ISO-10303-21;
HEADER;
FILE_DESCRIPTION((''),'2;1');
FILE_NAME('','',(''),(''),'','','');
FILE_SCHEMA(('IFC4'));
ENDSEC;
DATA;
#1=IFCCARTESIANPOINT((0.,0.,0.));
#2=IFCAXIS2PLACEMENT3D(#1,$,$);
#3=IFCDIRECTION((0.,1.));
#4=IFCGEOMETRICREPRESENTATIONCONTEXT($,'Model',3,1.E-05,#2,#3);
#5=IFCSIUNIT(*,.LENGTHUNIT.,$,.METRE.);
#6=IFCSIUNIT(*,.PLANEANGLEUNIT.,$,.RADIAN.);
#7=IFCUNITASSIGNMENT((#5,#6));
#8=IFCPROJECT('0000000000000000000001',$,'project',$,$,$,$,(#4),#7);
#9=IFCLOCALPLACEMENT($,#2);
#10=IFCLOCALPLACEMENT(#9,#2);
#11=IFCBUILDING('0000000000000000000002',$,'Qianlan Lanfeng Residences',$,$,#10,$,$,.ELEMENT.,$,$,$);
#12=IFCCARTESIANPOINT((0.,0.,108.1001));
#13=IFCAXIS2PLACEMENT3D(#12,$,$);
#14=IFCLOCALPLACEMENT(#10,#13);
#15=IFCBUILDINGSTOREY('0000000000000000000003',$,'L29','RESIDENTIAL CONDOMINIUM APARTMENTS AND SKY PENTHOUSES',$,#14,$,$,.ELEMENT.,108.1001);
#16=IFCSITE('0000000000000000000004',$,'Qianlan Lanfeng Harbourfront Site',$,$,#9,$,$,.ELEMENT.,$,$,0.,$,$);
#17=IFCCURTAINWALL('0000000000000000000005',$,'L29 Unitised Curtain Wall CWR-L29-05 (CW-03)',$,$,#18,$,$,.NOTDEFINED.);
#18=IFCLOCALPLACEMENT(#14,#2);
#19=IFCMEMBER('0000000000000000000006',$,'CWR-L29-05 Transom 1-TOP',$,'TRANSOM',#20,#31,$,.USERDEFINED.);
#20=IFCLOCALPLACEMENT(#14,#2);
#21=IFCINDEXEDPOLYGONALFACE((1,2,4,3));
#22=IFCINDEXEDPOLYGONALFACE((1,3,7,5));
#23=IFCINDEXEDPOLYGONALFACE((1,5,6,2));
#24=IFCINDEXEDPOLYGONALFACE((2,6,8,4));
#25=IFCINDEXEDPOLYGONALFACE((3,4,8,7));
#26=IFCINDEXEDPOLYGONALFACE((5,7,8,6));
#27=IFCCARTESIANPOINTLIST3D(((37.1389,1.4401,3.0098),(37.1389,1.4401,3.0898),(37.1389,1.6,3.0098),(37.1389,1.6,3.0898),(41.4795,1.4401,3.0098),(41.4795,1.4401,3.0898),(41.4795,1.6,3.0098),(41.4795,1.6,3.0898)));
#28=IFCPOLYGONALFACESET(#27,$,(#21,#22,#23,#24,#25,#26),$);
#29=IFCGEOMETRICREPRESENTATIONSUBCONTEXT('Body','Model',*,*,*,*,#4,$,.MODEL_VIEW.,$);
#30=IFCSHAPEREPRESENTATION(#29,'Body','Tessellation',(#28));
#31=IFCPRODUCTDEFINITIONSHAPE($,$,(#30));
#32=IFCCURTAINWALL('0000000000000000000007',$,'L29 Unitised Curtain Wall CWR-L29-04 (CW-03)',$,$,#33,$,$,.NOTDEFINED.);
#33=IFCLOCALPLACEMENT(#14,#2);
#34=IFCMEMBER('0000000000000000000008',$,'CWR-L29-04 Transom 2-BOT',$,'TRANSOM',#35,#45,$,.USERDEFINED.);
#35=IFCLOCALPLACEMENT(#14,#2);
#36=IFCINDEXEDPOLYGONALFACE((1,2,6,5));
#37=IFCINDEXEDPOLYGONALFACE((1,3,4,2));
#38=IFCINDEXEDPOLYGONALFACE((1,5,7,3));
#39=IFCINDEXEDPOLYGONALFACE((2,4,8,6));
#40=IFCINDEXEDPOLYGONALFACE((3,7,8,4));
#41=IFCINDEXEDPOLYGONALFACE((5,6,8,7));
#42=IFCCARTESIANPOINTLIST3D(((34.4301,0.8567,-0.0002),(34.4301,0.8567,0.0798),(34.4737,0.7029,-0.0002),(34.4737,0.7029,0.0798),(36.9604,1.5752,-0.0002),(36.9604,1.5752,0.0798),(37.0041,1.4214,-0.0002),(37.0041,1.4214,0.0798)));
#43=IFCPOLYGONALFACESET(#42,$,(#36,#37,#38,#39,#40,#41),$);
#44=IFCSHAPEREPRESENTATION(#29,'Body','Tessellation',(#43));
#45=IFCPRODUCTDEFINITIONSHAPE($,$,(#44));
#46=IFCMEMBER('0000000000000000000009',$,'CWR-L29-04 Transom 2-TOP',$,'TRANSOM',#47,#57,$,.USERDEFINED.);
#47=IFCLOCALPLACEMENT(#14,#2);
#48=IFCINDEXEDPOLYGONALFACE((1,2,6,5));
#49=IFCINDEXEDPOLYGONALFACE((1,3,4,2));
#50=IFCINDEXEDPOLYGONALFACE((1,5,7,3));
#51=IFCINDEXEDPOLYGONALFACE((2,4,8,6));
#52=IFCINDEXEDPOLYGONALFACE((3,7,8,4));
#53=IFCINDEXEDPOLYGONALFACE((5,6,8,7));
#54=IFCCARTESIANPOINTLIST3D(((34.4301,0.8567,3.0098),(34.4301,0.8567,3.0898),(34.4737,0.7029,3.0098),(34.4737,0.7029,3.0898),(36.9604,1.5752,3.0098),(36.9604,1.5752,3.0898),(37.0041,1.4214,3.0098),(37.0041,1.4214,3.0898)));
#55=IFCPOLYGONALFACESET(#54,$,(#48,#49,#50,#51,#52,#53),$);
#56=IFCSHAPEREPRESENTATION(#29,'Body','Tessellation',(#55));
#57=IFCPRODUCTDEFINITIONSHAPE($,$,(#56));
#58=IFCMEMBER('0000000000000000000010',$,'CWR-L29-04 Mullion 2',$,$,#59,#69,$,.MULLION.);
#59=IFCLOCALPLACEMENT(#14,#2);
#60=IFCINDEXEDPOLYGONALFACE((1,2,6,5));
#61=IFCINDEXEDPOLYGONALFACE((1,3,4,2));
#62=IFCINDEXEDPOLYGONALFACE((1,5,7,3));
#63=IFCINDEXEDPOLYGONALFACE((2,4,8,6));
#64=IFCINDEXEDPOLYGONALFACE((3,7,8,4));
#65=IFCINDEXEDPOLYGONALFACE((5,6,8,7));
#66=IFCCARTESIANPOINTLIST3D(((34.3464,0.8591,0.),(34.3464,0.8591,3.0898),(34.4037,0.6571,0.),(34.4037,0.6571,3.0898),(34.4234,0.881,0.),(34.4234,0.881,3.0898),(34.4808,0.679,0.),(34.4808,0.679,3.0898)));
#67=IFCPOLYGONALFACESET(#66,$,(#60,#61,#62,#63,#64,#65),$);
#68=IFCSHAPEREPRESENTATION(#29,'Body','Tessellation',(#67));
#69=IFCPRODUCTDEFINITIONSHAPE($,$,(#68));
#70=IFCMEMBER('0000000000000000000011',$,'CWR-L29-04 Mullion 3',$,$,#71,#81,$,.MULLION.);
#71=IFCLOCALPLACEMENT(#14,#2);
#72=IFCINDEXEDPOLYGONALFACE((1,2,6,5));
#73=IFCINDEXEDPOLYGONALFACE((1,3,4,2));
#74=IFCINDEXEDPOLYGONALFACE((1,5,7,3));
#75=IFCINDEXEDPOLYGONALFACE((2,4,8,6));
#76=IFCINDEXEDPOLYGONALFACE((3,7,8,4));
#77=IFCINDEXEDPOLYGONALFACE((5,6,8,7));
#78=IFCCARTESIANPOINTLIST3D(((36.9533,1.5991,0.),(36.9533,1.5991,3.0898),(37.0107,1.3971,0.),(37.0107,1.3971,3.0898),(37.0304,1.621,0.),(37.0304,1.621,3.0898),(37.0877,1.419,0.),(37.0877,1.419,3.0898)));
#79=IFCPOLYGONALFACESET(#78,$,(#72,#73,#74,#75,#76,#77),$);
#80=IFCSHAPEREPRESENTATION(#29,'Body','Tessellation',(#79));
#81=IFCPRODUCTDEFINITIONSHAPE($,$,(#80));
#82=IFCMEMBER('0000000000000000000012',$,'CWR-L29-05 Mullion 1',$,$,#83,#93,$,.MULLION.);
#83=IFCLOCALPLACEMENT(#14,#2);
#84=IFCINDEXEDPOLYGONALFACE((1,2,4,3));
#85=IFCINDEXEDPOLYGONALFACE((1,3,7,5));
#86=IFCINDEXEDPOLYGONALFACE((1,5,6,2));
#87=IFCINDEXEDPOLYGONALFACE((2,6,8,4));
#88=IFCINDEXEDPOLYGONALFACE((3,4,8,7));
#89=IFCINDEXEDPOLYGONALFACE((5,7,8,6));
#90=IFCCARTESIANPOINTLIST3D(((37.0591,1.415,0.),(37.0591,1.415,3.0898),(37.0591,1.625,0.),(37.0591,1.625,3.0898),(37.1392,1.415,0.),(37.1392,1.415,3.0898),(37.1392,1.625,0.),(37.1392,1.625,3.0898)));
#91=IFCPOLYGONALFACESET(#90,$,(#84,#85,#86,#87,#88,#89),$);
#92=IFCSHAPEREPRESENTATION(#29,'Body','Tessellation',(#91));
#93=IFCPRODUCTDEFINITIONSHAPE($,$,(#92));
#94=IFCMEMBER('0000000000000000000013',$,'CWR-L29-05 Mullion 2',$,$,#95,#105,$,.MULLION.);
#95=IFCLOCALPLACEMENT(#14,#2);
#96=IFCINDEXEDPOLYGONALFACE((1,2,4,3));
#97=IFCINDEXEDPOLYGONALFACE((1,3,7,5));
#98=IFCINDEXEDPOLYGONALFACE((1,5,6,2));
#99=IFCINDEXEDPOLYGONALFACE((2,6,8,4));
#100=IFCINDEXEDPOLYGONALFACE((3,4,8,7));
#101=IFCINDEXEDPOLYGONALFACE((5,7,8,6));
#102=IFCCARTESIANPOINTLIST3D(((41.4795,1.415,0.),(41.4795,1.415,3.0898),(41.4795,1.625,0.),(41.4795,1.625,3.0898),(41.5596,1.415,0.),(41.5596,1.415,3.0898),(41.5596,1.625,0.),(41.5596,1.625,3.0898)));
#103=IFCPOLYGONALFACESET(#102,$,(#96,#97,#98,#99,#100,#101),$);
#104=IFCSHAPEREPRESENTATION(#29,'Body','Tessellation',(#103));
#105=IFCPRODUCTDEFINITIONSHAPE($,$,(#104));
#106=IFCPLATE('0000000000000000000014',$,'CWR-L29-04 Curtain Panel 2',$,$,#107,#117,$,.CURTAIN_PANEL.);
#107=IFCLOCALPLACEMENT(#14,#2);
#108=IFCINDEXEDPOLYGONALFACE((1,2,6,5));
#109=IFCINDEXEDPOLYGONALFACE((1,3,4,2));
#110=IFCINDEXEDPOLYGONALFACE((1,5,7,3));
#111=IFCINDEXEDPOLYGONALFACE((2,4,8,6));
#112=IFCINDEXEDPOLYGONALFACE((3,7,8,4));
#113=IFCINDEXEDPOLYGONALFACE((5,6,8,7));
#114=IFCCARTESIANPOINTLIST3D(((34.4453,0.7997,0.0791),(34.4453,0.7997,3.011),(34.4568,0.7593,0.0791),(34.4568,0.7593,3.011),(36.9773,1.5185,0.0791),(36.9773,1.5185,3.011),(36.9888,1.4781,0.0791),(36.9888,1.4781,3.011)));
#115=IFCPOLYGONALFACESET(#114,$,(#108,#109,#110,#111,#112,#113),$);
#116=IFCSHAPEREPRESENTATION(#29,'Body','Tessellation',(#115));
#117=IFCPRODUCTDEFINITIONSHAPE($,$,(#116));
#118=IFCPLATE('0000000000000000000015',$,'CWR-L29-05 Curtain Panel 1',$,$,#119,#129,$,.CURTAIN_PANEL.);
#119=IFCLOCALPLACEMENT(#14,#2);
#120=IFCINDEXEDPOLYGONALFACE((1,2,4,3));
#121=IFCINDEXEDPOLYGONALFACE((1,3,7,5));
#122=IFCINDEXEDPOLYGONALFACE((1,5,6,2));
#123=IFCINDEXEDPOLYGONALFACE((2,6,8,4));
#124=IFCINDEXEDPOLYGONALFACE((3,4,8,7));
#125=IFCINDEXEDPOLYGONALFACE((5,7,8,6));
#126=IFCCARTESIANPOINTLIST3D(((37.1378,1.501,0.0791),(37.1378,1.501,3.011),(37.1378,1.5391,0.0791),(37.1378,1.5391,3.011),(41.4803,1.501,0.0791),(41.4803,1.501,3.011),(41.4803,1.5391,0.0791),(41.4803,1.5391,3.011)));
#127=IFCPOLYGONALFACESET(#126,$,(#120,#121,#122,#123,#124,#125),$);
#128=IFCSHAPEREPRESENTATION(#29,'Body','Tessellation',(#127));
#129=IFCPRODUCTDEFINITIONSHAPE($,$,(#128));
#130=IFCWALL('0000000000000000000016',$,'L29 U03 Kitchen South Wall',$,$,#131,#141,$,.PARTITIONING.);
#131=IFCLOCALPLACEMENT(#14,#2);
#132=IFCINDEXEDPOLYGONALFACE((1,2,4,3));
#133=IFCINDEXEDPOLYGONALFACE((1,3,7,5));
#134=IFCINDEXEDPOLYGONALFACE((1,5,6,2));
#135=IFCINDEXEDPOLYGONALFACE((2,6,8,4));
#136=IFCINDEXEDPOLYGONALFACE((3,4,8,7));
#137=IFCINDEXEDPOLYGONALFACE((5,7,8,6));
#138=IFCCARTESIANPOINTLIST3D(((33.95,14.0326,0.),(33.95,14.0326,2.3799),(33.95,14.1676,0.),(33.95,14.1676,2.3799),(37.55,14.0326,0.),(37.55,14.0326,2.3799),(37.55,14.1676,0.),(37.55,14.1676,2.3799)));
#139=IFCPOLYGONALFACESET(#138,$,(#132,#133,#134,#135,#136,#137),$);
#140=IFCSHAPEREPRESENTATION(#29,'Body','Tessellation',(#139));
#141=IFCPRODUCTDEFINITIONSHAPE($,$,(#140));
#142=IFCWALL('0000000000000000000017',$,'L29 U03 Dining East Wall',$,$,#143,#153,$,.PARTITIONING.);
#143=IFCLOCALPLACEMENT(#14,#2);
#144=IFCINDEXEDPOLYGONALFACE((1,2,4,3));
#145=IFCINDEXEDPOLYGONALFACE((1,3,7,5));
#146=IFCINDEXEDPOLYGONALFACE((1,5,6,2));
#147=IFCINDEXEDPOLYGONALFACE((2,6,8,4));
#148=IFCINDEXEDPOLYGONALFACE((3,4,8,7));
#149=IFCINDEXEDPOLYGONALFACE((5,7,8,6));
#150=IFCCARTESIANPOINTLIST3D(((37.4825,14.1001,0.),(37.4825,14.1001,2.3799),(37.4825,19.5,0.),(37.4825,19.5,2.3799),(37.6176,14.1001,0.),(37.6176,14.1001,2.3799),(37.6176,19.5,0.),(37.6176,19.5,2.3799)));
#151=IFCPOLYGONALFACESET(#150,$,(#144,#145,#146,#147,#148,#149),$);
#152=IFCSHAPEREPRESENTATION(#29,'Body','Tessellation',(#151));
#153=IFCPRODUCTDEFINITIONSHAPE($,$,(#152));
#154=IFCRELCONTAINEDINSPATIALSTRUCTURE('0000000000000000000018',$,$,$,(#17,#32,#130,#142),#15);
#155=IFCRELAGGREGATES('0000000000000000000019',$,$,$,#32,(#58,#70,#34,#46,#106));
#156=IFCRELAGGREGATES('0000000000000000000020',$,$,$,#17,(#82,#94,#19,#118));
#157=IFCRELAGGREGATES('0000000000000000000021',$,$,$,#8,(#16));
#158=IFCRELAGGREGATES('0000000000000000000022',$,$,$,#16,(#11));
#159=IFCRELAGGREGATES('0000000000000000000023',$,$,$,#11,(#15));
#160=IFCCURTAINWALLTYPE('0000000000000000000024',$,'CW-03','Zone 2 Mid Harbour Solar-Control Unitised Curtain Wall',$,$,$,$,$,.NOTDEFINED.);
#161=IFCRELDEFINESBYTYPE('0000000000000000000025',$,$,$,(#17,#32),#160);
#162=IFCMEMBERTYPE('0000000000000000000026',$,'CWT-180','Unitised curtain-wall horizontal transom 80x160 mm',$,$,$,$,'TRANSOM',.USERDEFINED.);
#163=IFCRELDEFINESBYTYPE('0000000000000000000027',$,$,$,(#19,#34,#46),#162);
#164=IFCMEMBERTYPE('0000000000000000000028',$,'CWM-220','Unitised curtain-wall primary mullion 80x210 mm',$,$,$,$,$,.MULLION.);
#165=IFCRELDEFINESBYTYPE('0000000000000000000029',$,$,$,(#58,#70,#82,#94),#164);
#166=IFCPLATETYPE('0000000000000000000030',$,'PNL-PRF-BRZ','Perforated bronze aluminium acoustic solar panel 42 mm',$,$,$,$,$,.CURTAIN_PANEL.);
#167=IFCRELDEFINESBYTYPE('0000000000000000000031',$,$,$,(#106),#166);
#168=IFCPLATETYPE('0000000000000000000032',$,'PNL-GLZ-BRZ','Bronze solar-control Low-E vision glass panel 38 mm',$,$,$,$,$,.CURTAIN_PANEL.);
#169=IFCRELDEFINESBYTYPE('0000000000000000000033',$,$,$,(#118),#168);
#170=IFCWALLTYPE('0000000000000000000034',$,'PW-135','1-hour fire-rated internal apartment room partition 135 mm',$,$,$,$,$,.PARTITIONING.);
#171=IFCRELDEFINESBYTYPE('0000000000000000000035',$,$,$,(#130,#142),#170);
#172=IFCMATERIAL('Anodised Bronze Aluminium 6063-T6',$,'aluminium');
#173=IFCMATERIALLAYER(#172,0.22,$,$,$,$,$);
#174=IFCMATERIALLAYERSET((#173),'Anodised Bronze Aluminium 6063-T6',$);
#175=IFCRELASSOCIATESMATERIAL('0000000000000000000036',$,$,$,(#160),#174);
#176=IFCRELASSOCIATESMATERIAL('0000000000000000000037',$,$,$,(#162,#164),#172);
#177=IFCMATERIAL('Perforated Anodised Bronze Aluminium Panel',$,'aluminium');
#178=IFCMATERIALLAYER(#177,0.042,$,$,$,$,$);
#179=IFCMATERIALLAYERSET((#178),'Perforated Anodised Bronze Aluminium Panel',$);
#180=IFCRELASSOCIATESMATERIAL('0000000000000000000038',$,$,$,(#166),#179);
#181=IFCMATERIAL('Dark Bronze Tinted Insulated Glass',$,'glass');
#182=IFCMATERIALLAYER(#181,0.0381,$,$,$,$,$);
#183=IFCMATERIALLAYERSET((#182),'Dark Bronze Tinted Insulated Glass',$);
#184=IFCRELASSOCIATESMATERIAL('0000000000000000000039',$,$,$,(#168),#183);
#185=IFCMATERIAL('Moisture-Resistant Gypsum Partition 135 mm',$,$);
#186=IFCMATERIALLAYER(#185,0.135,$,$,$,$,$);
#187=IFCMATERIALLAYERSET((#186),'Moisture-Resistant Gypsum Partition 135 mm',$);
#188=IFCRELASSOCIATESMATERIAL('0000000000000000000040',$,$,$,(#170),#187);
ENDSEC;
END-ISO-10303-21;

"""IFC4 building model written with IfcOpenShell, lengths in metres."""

from ifc_helpers import new_model, si_unit, direction, frame, frame_2d, origin, origin_2d, place, context, subcontext, project, spatial, rectangle, extrude, source, transform, mapped, material, layer, layer_set, material_profile, profile_set, type_object, element, aggregate, save


model = new_model("IFC4")

# Units and contexts
model_context = context("Model", 3, precision=1e-05, world=origin(), true_north=direction((0.0, 1.0)))
body_context = subcontext(model_context, "Body", "Model", "MODEL_VIEW")
ifc_project = project(units=[si_unit("LENGTHUNIT", "METRE"), si_unit("PLANEANGLEUNIT", "RADIAN")], contexts=[model_context])

# Site, building, storey
site_placement = place(None, origin())
site = spatial("IfcSite", under=ifc_project, at=site_placement, Name="Qianlan Lanfeng Harbourfront Site", CompositionType="ELEMENT", RefElevation=0.0)
building_placement = place(site_placement, origin())
building = spatial("IfcBuilding", under=site, at=building_placement, Name="Qianlan Lanfeng Residences", CompositionType="ELEMENT")
storey_placement = place(building_placement, frame((0.0, 0.0, 108.1001)))
storey = spatial("IfcBuildingStorey", under=building, at=storey_placement, Name="L29", Description="RESIDENTIAL CONDOMINIUM APARTMENTS AND SKY PENTHOUSES", CompositionType="ELEMENT", Elevation=108.1001)

# Curtain walls, members
ifc_material_1 = material(Name="Anodised Bronze Aluminium 6063-T6", Category="aluminium")
ifc_layer_1 = layer(ifc_material_1, 0.22)
ifc_layer_set_1 = layer_set([ifc_layer_1], Name="Anodised Bronze Aluminium 6063-T6")
curtain_wall_type = type_object("IfcCurtainWallType", Name="CW-03", Description="Zone 2 Mid Harbour Solar-Control Unitised Curtain Wall", PredefinedType="NOTDEFINED", material=ifc_layer_set_1)
curtain_wall_1_placement = place(storey_placement, origin())
curtain_wall_1 = element("IfcCurtainWall", 1, at=curtain_wall_1_placement, inside=storey, type_object=curtain_wall_type, Name="L29 Unitised Curtain Wall CWR-L29-05 (CW-03)", PredefinedType="NOTDEFINED")
ifc_material_profile_1 = material_profile(ifc_material_1, rectangle(XDim=0.0801, YDim=0.1599, at=origin_2d()), Name="ALU TRANSOM 80x160")
ifc_profile_set_1 = profile_set([ifc_material_profile_1], Name="Anodised Bronze Aluminium 6063-T6")
member_type_1 = type_object("IfcMemberType", Name="CWT-180", Description="Unitised curtain-wall horizontal transom 80x160 mm", ElementType="TRANSOM", PredefinedType="USERDEFINED", material=ifc_profile_set_1)
shared_shape_1 = source(origin(), body_context, "Body", "SweptSolid", [
    extrude(rectangle(XDim=0.0801, YDim=0.1599, at=origin_2d()), origin(), (0.0, 0.0, 1.0), 4.3406),
])
member_1_placement = place(storey_placement, frame((37.1389, 1.52, 3.0498), z_axis=(1.0, 0.0, 0.0), x_axis=(0.0, 0.0, 1.0)))
member_1 = element("IfcMember", 2, at=member_1_placement, type_object=member_type_1, Name="CWR-L29-05 Transom 1-TOP", ObjectType="TRANSOM", PredefinedType="USERDEFINED", context=body_context, shape_type="MappedRepresentation", body=[
    mapped(shared_shape_1, transform((0.0, 0.0, 0.0), scale=1.0)),
])
curtain_wall_2_placement = place(storey_placement, origin())
curtain_wall_2 = element("IfcCurtainWall", 3, at=curtain_wall_2_placement, inside=storey, type_object=curtain_wall_type, Name="L29 Unitised Curtain Wall CWR-L29-04 (CW-03)", PredefinedType="NOTDEFINED")
shared_shape_2 = source(origin(), body_context, "Body", "SweptSolid", [
    extrude(rectangle(XDim=0.0801, YDim=0.1599, at=origin_2d()), origin(), (0.0, 0.0, 1.0), 2.6304),
])
member_2_placement = place(storey_placement, frame((34.4519, 0.7798, 0.0398), z_axis=(0.961968, 0.273164, 0.0), x_axis=(0.0, 0.0, 1.0)))
member_2 = element("IfcMember", 4, at=member_2_placement, type_object=member_type_1, Name="CWR-L29-04 Transom 2-BOT", ObjectType="TRANSOM", PredefinedType="USERDEFINED", context=body_context, shape_type="MappedRepresentation", body=[
    mapped(shared_shape_2, transform((0.0, 0.0, 0.0), scale=1.0)),
])
member_3_placement = place(storey_placement, frame((34.4519, 0.7798, 3.0498), z_axis=(0.961968, 0.273164, 0.0), x_axis=(0.0, 0.0, 1.0)))
member_3 = element("IfcMember", 5, at=member_3_placement, type_object=member_type_1, Name="CWR-L29-04 Transom 2-TOP", ObjectType="TRANSOM", PredefinedType="USERDEFINED", context=body_context, shape_type="MappedRepresentation", body=[
    mapped(shared_shape_2, transform((0.0, 0.0, 0.0), scale=1.0)),
])
ifc_material_profile_2 = material_profile(ifc_material_1, rectangle(XDim=0.0801, YDim=0.21, at=origin_2d()), Name="ALU MULLION 80x210")
ifc_profile_set_2 = profile_set([ifc_material_profile_2], Name="Anodised Bronze Aluminium 6063-T6")
member_type_2 = type_object("IfcMemberType", Name="CWM-220", Description="Unitised curtain-wall primary mullion 80x210 mm", PredefinedType="MULLION", material=ifc_profile_set_2)
shared_shape_3 = source(origin(), body_context, "Body", "SweptSolid", [
    extrude(rectangle(XDim=0.0801, YDim=0.21, at=origin_2d()), origin(), (0.0, 0.0, 1.0), 3.0898),
])
member_4_placement = place(storey_placement, frame((34.4136, 0.769, 0.0), z_axis=(0.0, 0.0, 1.0), x_axis=(0.961989, 0.273088, 0.0)))
member_4 = element("IfcMember", 6, at=member_4_placement, type_object=member_type_2, Name="CWR-L29-04 Mullion 2", PredefinedType="MULLION", context=body_context, shape_type="MappedRepresentation", body=[
    mapped(shared_shape_3, transform((0.0, 0.0, 0.0), scale=1.0)),
])
member_5_placement = place(storey_placement, frame((37.0205, 1.509, 0.0), z_axis=(0.0, 0.0, 1.0), x_axis=(0.961989, 0.273088, 0.0)))
member_5 = element("IfcMember", 7, at=member_5_placement, type_object=member_type_2, Name="CWR-L29-04 Mullion 3", PredefinedType="MULLION", context=body_context, shape_type="MappedRepresentation", body=[
    mapped(shared_shape_3, transform((0.0, 0.0, 0.0), scale=1.0)),
])

# Members
member_6_placement = place(storey_placement, frame((37.0991, 1.52, 0.0), z_axis=(0.0, 0.0, 1.0), x_axis=(1.0, 0.0, 0.0)))
member_6 = element("IfcMember", 8, at=member_6_placement, type_object=member_type_2, Name="CWR-L29-05 Mullion 1", PredefinedType="MULLION", context=body_context, shape_type="MappedRepresentation", body=[
    mapped(shared_shape_3, transform((0.0, 0.0, 0.0), scale=1.0)),
])
member_7_placement = place(storey_placement, frame((41.5195, 1.52, 0.0), z_axis=(0.0, 0.0, 1.0), x_axis=(1.0, 0.0, 0.0)))
member_7 = element("IfcMember", 9, at=member_7_placement, type_object=member_type_2, Name="CWR-L29-05 Mullion 2", PredefinedType="MULLION", context=body_context, shape_type="MappedRepresentation", body=[
    mapped(shared_shape_3, transform((0.0, 0.0, 0.0), scale=1.0)),
])

# Plates
ifc_material_2 = material(Name="Perforated Anodised Bronze Aluminium Panel", Category="aluminium")
ifc_layer_2 = layer(ifc_material_2, 0.042)
ifc_layer_set_2 = layer_set([ifc_layer_2], Name="Perforated Anodised Bronze Aluminium Panel")
plate_type_1 = type_object("IfcPlateType", Name="PNL-PRF-BRZ", Description="Perforated bronze aluminium acoustic solar panel 42 mm", PredefinedType="CURTAIN_PANEL", material=ifc_layer_set_2)
shared_shape_4 = source(origin(), body_context, "Body", "SweptSolid", [
    extrude(rectangle(XDim=2.6321, YDim=0.042, at=origin_2d()), origin(), (0.0, 0.0, 1.0), 2.9319),
])
plate_1_placement = place(storey_placement, frame((35.717, 1.1389, 0.0791), z_axis=(0.0, 0.0, 1.0), x_axis=(0.961989, 0.273088, 0.0)))
plate_1 = element("IfcPlate", 10, at=plate_1_placement, type_object=plate_type_1, Name="CWR-L29-04 Curtain Panel 2", PredefinedType="CURTAIN_PANEL", context=body_context, shape_type="MappedRepresentation", body=[
    mapped(shared_shape_4, transform((0.0, 0.0, 0.0), scale=1.0)),
])
aggregate(curtain_wall_2, [member_4, member_5, member_2, member_3, plate_1])
ifc_material_3 = material(Name="Dark Bronze Tinted Insulated Glass", Category="glass")
ifc_layer_3 = layer(ifc_material_3, 0.0381)
ifc_layer_set_3 = layer_set([ifc_layer_3], Name="Dark Bronze Tinted Insulated Glass")
plate_type_2 = type_object("IfcPlateType", Name="PNL-GLZ-BRZ", Description="Bronze solar-control Low-E vision glass panel 38 mm", PredefinedType="CURTAIN_PANEL", material=ifc_layer_set_3)
shared_shape_5 = source(origin(), body_context, "Body", "SweptSolid", [
    extrude(rectangle(XDim=4.3425, YDim=0.0381, at=origin_2d()), origin(), (0.0, 0.0, 1.0), 2.9319),
])
plate_2_placement = place(storey_placement, frame((39.3091, 1.52, 0.0791), z_axis=(0.0, 0.0, 1.0), x_axis=(1.0, 0.0, 0.0)))
plate_2 = element("IfcPlate", 11, at=plate_2_placement, type_object=plate_type_2, Name="CWR-L29-05 Curtain Panel 1", PredefinedType="CURTAIN_PANEL", context=body_context, shape_type="MappedRepresentation", body=[
    mapped(shared_shape_5, transform((0.0, 0.0, 0.0), scale=1.0)),
])
aggregate(curtain_wall_1, [member_6, member_7, member_1, plate_2])

# Walls
ifc_material_4 = material(Name="Moisture-Resistant Gypsum Partition 135 mm")
ifc_layer_4 = layer(ifc_material_4, 0.135)
ifc_layer_set_4 = layer_set([ifc_layer_4], Name="Moisture-Resistant Gypsum Partition 135 mm")
wall_type = type_object("IfcWallType", Name="PW-135", Description="1-hour fire-rated internal apartment room partition 135 mm", PredefinedType="PARTITIONING", material=ifc_layer_set_4)
wall_1_placement = place(storey_placement, frame((33.95, 14.1001, 0.0), z_axis=(0.0, 0.0, 1.0), x_axis=(1.0, 0.0, 0.0)))
element("IfcWall", 12, at=wall_1_placement, inside=storey, type_object=wall_type, Name="L29 U03 Kitchen South Wall", PredefinedType="PARTITIONING", context=body_context, shape_type="SweptSolid", body=[
    extrude(rectangle(XDim=3.6001, YDim=0.135, at=frame_2d((1.8, 0.0))), origin(), (0.0, 0.0, 1.0), 2.3799),
])
wall_2_placement = place(storey_placement, frame((37.55, 14.1001, 0.0), z_axis=(0.0, 0.0, 1.0), x_axis=(0.0, 1.0, 0.0)))
element("IfcWall", 13, at=wall_2_placement, inside=storey, type_object=wall_type, Name="L29 U03 Dining East Wall", PredefinedType="PARTITIONING", context=body_context, shape_type="SweptSolid", body=[
    extrude(rectangle(XDim=5.3999, YDim=0.135, at=frame_2d((2.7, 0.0))), origin(), (0.0, 0.0, 1.0), 2.3799),
])

save(model, "model.ifc")
